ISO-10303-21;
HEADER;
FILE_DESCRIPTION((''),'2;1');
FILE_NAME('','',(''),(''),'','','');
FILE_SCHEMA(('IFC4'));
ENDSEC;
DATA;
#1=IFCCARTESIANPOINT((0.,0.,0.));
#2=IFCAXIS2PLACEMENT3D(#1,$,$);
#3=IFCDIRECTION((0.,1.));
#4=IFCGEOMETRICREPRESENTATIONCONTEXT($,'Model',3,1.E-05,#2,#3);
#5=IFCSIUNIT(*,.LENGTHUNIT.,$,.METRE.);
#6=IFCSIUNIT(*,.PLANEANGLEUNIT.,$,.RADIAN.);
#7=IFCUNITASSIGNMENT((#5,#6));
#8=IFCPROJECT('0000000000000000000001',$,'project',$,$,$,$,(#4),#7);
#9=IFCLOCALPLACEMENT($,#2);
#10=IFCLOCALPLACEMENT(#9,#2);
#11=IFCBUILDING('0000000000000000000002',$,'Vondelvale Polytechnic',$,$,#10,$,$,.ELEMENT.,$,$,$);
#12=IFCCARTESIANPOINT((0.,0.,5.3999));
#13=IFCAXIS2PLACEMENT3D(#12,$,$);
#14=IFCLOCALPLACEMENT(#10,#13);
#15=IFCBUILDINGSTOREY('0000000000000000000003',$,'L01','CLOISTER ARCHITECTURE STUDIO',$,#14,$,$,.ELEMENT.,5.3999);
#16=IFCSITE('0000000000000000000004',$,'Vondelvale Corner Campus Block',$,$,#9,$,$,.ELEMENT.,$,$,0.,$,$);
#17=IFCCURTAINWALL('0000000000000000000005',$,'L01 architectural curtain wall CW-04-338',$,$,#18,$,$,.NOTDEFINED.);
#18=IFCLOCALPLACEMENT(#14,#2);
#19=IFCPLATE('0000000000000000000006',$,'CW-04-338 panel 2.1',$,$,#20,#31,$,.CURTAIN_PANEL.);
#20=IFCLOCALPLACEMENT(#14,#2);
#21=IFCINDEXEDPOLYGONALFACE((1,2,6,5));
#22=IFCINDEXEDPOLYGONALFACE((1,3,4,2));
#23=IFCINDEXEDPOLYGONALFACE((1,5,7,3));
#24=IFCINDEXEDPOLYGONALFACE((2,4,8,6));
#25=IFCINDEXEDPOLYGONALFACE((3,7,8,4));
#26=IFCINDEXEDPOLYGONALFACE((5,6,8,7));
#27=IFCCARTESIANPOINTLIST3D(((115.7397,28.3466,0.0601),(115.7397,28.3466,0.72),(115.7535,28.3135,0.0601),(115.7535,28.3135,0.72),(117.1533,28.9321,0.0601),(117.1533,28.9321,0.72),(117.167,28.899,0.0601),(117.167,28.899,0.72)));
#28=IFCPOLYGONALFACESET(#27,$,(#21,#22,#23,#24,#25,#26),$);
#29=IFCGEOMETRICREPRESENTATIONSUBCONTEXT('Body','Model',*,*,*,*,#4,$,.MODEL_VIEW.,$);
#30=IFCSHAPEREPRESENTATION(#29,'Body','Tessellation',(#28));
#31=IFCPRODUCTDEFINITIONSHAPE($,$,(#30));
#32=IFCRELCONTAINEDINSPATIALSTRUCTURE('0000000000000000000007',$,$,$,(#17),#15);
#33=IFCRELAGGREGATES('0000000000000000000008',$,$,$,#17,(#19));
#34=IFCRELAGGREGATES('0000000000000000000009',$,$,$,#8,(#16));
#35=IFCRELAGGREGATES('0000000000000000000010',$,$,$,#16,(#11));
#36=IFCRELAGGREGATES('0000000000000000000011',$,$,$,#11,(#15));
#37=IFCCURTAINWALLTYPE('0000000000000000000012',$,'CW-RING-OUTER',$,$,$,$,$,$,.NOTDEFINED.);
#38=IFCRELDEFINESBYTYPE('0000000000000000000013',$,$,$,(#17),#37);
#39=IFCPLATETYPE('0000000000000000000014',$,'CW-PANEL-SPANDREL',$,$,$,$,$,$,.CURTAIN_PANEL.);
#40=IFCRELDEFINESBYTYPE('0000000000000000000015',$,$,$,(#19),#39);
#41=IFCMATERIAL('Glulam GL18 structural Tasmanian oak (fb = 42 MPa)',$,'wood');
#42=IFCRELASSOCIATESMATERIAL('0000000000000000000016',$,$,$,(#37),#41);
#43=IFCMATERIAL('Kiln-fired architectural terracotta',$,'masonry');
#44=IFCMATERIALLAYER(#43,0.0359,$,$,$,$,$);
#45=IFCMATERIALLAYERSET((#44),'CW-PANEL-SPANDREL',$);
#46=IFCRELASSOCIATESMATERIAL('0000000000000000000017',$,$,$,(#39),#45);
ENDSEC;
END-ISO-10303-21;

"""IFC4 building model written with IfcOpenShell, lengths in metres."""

from ifc_helpers import new_model, si_unit, direction, frame, origin, origin_2d, place, context, subcontext, project, spatial, rectangle, extrude, material, layer, layer_set, type_object, element, aggregate, save


model = new_model("IFC4")

# Units and contexts
model_context = context("Model", 3, precision=1e-05, world=origin(), true_north=direction((0.0, 1.0)))
body_context = subcontext(model_context, "Body", "Model", "MODEL_VIEW")
ifc_project = project(units=[si_unit("LENGTHUNIT", "METRE"), si_unit("PLANEANGLEUNIT", "RADIAN")], contexts=[model_context])

# Site, building, storey
site_placement = place(None, origin())
site = spatial("IfcSite", under=ifc_project, at=site_placement, Name="Vondelvale Corner Campus Block", CompositionType="ELEMENT", RefElevation=0.0)
building_placement = place(site_placement, origin())
building = spatial("IfcBuilding", under=site, at=building_placement, Name="Vondelvale Polytechnic", CompositionType="ELEMENT")
storey_placement = place(building_placement, frame((0.0, 0.0, 5.3999)))
storey = spatial("IfcBuildingStorey", under=building, at=storey_placement, Name="L01", Description="CLOISTER ARCHITECTURE STUDIO", CompositionType="ELEMENT", Elevation=5.3999)

# Shared definitions
ifc_material_1 = material(Name="Glulam GL18 structural Tasmanian oak (fb = 42 MPa)", Category="wood")

# Curtain wall
curtain_wall_type = type_object("IfcCurtainWallType", Name="CW-RING-OUTER", PredefinedType="NOTDEFINED", material=ifc_material_1)
curtain_wall_1_placement = place(storey_placement, origin())
curtain_wall_1 = element("IfcCurtainWall", 1, at=curtain_wall_1_placement, inside=storey, type_object=curtain_wall_type, Name="L01 architectural curtain wall CW-04-338", PredefinedType="NOTDEFINED")

# Plate
ifc_material_2 = material(Name="Kiln-fired architectural terracotta", Category="masonry")
ifc_layer_1 = layer(ifc_material_2, 0.0359)
ifc_layer_set_1 = layer_set([ifc_layer_1], Name="CW-PANEL-SPANDREL")
plate_type_1 = type_object("IfcPlateType", Name="CW-PANEL-SPANDREL", PredefinedType="CURTAIN_PANEL", material=ifc_layer_set_1)
plate_1_placement = place(storey_placement, frame((116.4534, 28.6228, 0.0601), z_axis=(0.0, 0.0, 1.0), x_axis=(0.923882, 0.382677, 0.0)))
plate_1 = element("IfcPlate", 2, at=plate_1_placement, type_object=plate_type_1, Name="CW-04-338 panel 2.1", PredefinedType="CURTAIN_PANEL", context=body_context, shape_type="SweptSolid", body=[
    extrude(rectangle(XDim=1.53, YDim=0.0359, at=origin_2d()), origin(), (0.0, 0.0, 1.0), 0.6599),
])
aggregate(curtain_wall_1, [plate_1])

save(model, "model.ifc")
